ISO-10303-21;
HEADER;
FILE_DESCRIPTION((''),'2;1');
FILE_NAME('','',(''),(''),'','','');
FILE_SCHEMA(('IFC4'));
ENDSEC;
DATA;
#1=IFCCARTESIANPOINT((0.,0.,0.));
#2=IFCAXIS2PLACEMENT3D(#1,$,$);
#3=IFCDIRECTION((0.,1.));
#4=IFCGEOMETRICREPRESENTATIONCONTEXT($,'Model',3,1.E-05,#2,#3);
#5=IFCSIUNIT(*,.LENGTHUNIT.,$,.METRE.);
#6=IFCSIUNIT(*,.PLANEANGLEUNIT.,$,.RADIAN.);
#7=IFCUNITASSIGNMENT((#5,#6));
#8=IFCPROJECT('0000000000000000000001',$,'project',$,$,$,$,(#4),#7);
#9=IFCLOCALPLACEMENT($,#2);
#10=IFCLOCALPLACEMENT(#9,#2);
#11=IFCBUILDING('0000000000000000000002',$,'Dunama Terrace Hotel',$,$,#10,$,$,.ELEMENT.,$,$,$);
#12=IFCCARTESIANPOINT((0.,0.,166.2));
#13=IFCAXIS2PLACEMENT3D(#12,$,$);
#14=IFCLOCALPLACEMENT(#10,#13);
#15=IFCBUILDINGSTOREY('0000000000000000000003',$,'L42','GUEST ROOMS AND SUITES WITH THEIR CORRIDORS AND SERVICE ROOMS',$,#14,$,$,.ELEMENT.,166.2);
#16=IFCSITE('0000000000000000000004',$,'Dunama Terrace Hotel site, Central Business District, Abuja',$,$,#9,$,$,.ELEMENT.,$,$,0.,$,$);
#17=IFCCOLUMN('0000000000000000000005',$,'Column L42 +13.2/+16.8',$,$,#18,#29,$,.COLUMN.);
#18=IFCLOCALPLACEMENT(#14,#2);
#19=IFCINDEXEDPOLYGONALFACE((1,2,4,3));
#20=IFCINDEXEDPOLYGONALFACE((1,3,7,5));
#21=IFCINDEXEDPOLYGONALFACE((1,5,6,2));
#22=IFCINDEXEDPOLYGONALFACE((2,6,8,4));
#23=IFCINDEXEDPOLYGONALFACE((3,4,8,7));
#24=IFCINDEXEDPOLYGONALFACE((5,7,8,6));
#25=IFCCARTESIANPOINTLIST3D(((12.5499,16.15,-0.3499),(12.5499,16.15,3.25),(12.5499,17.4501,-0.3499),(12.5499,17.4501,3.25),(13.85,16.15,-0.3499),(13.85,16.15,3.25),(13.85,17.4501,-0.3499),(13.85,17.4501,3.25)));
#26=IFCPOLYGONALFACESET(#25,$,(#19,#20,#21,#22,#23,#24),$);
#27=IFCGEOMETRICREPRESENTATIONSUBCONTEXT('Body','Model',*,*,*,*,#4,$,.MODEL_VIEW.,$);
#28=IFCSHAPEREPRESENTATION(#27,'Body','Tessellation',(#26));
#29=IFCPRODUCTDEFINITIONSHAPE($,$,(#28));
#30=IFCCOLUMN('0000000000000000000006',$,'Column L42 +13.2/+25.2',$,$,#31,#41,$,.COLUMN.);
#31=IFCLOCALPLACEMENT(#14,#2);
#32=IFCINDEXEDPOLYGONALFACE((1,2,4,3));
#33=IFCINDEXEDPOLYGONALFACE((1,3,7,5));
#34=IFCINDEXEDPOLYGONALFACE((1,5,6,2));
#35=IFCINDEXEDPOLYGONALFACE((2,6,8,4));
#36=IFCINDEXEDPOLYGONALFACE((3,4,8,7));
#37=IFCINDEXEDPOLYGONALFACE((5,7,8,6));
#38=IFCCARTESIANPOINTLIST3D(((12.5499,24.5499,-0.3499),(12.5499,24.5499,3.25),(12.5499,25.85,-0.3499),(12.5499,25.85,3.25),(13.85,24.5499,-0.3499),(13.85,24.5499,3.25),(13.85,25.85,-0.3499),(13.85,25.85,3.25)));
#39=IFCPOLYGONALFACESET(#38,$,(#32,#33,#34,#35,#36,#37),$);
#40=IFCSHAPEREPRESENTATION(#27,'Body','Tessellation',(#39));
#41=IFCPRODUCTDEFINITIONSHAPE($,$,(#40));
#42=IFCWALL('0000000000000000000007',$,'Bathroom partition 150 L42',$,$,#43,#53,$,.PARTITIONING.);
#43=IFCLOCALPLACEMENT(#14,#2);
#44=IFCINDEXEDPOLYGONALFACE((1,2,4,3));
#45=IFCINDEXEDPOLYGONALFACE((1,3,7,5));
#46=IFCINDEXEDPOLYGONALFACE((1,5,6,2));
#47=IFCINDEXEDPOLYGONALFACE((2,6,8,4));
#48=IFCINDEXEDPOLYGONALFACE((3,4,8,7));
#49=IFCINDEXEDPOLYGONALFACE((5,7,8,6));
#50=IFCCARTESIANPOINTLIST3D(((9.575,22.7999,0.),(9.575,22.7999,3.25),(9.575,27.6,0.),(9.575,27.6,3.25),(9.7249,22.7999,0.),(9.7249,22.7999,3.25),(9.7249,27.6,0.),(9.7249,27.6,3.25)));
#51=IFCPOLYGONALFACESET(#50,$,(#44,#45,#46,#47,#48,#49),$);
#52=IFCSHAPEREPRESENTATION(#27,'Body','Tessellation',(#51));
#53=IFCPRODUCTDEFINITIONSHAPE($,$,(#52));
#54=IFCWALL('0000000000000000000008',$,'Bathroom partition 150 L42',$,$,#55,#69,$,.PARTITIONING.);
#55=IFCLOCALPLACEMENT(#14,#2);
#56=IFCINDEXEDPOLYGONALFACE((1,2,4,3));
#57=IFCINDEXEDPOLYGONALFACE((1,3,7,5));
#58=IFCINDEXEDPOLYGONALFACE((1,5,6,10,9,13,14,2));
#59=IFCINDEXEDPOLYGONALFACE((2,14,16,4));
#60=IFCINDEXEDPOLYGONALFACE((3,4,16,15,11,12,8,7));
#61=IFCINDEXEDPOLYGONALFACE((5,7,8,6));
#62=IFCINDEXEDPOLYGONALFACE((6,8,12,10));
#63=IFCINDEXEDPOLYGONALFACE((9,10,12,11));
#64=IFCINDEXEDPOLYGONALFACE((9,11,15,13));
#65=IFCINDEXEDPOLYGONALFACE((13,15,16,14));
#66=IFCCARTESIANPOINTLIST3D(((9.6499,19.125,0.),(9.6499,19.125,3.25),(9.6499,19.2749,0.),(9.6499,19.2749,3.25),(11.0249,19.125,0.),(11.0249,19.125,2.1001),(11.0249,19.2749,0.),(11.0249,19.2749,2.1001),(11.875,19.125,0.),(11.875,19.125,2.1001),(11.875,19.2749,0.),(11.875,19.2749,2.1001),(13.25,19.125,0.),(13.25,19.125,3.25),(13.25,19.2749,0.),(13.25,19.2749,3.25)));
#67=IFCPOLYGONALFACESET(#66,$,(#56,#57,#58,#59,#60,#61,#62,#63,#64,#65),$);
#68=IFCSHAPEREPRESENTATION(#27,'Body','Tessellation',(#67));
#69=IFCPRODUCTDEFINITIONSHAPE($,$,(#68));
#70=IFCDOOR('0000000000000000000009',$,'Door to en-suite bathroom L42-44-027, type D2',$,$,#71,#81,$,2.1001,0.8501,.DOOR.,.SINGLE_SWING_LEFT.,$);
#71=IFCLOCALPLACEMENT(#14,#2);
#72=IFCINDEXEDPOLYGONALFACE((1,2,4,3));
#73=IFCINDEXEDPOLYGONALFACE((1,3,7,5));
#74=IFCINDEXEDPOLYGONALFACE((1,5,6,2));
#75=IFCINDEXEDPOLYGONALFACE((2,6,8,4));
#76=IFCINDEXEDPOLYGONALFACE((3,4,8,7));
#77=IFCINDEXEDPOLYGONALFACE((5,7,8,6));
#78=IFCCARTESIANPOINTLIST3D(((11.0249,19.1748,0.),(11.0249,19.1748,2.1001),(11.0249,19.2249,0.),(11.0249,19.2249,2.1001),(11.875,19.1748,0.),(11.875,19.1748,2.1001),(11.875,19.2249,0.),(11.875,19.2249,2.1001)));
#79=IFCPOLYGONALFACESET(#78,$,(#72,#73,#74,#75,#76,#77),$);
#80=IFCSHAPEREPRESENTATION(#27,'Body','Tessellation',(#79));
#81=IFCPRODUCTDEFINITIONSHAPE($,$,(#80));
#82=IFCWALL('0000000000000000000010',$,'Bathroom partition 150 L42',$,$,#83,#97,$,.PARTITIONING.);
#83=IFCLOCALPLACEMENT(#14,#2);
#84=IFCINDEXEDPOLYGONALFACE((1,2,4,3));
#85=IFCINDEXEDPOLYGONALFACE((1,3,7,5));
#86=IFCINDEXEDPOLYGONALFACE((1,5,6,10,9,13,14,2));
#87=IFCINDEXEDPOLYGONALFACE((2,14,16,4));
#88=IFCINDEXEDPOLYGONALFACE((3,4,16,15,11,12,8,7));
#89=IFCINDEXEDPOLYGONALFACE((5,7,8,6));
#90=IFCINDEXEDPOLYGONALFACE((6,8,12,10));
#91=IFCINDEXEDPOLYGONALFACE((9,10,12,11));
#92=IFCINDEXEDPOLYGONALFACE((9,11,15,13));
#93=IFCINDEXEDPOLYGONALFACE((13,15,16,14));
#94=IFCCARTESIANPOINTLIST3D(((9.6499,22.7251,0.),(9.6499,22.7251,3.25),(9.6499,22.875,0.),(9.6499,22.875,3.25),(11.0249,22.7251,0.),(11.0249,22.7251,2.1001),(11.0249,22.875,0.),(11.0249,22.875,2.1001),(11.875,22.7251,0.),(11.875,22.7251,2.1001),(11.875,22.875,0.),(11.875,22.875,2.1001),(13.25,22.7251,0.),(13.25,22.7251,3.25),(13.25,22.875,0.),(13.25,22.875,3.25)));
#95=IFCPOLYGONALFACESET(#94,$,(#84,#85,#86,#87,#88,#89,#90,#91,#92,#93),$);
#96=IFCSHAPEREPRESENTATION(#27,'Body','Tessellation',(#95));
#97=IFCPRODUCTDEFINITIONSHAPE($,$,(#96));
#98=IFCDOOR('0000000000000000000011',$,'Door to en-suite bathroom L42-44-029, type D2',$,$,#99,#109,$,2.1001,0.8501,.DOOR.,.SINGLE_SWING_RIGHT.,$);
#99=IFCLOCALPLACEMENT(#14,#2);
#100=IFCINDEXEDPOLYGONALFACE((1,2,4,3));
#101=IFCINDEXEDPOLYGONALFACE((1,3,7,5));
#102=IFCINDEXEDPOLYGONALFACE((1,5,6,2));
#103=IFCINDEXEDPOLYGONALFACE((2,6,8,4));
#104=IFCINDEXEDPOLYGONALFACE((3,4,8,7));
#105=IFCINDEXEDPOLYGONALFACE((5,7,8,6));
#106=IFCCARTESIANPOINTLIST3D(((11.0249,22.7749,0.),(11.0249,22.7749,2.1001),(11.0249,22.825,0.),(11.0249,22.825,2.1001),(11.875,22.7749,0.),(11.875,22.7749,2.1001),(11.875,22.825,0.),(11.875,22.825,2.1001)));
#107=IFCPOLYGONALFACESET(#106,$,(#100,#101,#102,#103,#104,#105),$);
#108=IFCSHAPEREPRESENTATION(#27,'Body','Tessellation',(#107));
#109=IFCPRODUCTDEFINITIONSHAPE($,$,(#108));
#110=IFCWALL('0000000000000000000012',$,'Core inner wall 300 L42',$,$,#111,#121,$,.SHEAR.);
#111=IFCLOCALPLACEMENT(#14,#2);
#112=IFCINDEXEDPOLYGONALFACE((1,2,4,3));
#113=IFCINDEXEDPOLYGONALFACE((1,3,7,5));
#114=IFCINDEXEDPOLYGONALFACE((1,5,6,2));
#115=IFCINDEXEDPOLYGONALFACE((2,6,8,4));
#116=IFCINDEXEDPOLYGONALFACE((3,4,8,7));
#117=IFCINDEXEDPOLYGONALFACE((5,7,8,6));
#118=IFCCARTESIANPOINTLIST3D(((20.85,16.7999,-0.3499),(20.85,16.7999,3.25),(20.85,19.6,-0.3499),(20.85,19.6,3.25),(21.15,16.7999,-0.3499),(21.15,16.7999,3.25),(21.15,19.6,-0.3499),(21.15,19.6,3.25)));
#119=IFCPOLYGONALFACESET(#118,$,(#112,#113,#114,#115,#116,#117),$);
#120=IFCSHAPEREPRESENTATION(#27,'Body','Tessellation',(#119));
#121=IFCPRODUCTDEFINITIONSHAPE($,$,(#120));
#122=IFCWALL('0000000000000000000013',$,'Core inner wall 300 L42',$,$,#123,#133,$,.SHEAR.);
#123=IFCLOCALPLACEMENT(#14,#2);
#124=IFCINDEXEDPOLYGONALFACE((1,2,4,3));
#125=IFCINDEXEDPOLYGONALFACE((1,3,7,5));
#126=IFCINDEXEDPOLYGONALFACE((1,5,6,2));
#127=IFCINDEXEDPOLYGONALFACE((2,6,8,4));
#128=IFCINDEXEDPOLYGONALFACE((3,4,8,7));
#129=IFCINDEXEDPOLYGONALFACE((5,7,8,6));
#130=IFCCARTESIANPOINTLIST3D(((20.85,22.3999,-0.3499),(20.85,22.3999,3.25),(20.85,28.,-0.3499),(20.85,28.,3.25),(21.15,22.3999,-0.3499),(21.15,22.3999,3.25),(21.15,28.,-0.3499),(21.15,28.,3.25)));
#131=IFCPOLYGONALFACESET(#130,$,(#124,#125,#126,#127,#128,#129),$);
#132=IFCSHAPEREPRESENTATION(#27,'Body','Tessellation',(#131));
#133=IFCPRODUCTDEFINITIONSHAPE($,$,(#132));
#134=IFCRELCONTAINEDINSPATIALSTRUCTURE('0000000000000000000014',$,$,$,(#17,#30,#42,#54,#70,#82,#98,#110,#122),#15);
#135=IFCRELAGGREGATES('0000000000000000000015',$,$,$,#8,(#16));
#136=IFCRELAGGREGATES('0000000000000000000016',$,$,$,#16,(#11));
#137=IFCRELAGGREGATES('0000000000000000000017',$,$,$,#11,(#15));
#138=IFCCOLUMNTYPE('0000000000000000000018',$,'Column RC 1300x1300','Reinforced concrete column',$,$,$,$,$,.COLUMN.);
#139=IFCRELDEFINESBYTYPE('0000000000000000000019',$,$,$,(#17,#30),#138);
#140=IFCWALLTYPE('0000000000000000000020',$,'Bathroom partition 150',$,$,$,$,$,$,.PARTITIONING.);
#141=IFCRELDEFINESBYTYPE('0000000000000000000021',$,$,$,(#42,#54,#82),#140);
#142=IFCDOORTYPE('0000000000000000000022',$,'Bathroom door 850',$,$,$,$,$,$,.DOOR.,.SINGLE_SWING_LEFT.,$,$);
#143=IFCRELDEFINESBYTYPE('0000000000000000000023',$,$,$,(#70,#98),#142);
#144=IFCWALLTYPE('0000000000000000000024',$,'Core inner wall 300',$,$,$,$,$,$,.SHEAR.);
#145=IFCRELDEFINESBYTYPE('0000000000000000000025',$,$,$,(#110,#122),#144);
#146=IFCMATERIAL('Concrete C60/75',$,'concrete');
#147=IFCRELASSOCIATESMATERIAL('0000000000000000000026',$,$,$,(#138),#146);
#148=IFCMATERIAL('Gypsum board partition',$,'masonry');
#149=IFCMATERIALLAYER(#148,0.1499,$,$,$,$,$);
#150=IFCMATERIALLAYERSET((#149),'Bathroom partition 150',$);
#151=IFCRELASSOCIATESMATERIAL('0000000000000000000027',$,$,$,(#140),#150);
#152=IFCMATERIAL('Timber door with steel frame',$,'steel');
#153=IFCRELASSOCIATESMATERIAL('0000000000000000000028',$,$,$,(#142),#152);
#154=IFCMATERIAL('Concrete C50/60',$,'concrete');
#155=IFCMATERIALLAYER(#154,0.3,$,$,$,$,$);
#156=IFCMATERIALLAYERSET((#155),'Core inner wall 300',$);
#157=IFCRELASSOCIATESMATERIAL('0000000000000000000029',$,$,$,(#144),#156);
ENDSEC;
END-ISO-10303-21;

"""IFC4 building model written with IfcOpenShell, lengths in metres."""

from ifc_helpers import new_model, si_unit, direction, frame, frame_2d, origin, origin_2d, place, context, subcontext, project, spatial, rectangle, extrude, material, layer, layer_set, material_profile, profile_set, type_object, element, fill, save


model = new_model("IFC4")

# Units and contexts
model_context = context("Model", 3, precision=1e-05, world=origin(), true_north=direction((0.0, 1.0)))
body_context = subcontext(model_context, "Body", "Model", "MODEL_VIEW")
ifc_project = project(units=[si_unit("LENGTHUNIT", "METRE"), si_unit("PLANEANGLEUNIT", "RADIAN")], contexts=[model_context])

# Site, building, storey
site_placement = place(None, origin())
site = spatial("IfcSite", under=ifc_project, at=site_placement, Name="Dunama Terrace Hotel site, Central Business District, Abuja", CompositionType="ELEMENT", RefElevation=0.0)
building_placement = place(site_placement, origin())
building = spatial("IfcBuilding", under=site, at=building_placement, Name="Dunama Terrace Hotel", CompositionType="ELEMENT")
storey_placement = place(building_placement, frame((0.0, 0.0, 166.2)))
storey = spatial("IfcBuildingStorey", under=building, at=storey_placement, Name="L42", Description="GUEST ROOMS AND SUITES WITH THEIR CORRIDORS AND SERVICE ROOMS", CompositionType="ELEMENT", Elevation=166.2)

# Columns
ifc_material_1 = material(Name="Concrete C60/75", Category="concrete")
ifc_material_profile = material_profile(ifc_material_1, rectangle(XDim=1.3, YDim=1.3, at=origin_2d()), Name="RC 1300x1300")
ifc_profile_set = profile_set([ifc_material_profile], Name="Concrete C60/75")
column_type = type_object("IfcColumnType", Name="Column RC 1300x1300", Description="Reinforced concrete column", PredefinedType="COLUMN", material=ifc_profile_set)
for number, where, z_axis, x_axis, name in (
    (1, (13.2, 16.8, -0.3499), (0.0, 0.0, 1.0), (1.0, 0.0, 0.0), "Column L42 +13.2/+16.8"),
    (2, (13.2, 25.2, -0.3499), (0.0, 0.0, 1.0), (1.0, 0.0, 0.0), "Column L42 +13.2/+25.2"),
):
    element("IfcColumn", number, at=place(storey_placement, frame(where, z_axis=z_axis, x_axis=x_axis)), inside=storey, type_object=column_type, Name=name, PredefinedType="COLUMN", context=body_context, shape_type="SweptSolid", body=[
        extrude(rectangle(XDim=1.3, YDim=1.3, at=origin_2d()), origin(), (0.0, 0.0, 1.0), 3.5999),
    ])

# Wall
ifc_material_2 = material(Name="Gypsum board partition", Category="masonry")
ifc_layer_1 = layer(ifc_material_2, 0.1499)
ifc_layer_set_1 = layer_set([ifc_layer_1], Name="Bathroom partition 150")
wall_type_1 = type_object("IfcWallType", Name="Bathroom partition 150", PredefinedType="PARTITIONING", material=ifc_layer_set_1)
wall_1_placement = place(storey_placement, frame((9.6499, 22.8, 0.0), z_axis=(0.0, 0.0, 1.0), x_axis=(0.0, 1.0, 0.0)))
element("IfcWall", 3, at=wall_1_placement, inside=storey, type_object=wall_type_1, Name="Bathroom partition 150 L42", PredefinedType="PARTITIONING", context=body_context, shape_type="SweptSolid", body=[
    extrude(rectangle(XDim=4.8, YDim=0.1499, at=frame_2d((2.3999, 0.0))), origin(), (0.0, 0.0, 1.0), 3.25),
])

# Walls, openings, doors
wall_2_placement = place(storey_placement, frame((9.6499, 19.2, 0.0), z_axis=(0.0, 0.0, 1.0), x_axis=(1.0, 0.0, 0.0)))
wall_2 = element("IfcWall", 4, at=wall_2_placement, inside=storey, type_object=wall_type_1, Name="Bathroom partition 150 L42", PredefinedType="PARTITIONING", context=body_context, shape_type="SweptSolid", body=[
    extrude(rectangle(XDim=3.6001, YDim=0.1499, at=frame_2d((1.8, 0.0))), origin(), (0.0, 0.0, 1.0), 3.25),
])
opening_1_placement = place(wall_2_placement, frame((1.375, 0.0, 0.0)))
opening_1 = element("IfcOpeningElement", 5, at=opening_1_placement, cuts=wall_2, PredefinedType="OPENING", context=body_context, shape_type="SweptSolid", body=[
    extrude(rectangle(XDim=0.8501, YDim=2.1001, at=frame_2d((0.425, 1.05))), frame((0.0, 0.085, 0.0), z_axis=(0.0, -1.0, 0.0), x_axis=(1.0, 0.0, 0.0)), (0.0, 0.0, 1.0), 0.1699),
])
ifc_material_3 = material(Name="Timber door with steel frame", Category="steel")
door_type_1 = type_object("IfcDoorType", Name="Bathroom door 850", OperationType="SINGLE_SWING_LEFT", PredefinedType="DOOR", material=ifc_material_3)
door_1_placement = place(opening_1_placement, frame((0.8501, 0.0, 0.0), z_axis=(0.0, 0.0, 1.0), x_axis=(-1.0, 0.0, 0.0)))
door_1 = element("IfcDoor", 6, at=door_1_placement, inside=storey, type_object=door_type_1, Name="Door to en-suite bathroom L42-44-027, type D2", OperationType="SINGLE_SWING_LEFT", OverallHeight=2.1001, OverallWidth=0.8501, PredefinedType="DOOR", context=body_context, shape_type="SweptSolid", body=[
    extrude(rectangle(XDim=0.8501, YDim=2.1001, at=frame_2d((0.425, 1.05))), frame((0.0, 0.0251, 0.0), z_axis=(0.0, -1.0, 0.0), x_axis=(1.0, 0.0, 0.0)), (0.0, 0.0, 1.0), 0.05),
])
fill(opening_1, door_1)
wall_3_placement = place(storey_placement, frame((9.6499, 22.8, 0.0), z_axis=(0.0, 0.0, 1.0), x_axis=(1.0, 0.0, 0.0)))
wall_3 = element("IfcWall", 7, at=wall_3_placement, inside=storey, type_object=wall_type_1, Name="Bathroom partition 150 L42", PredefinedType="PARTITIONING", context=body_context, shape_type="SweptSolid", body=[
    extrude(rectangle(XDim=3.6001, YDim=0.1499, at=frame_2d((1.8, 0.0))), origin(), (0.0, 0.0, 1.0), 3.25),
])
opening_2_placement = place(wall_3_placement, frame((1.375, 0.0, 0.0)))
opening_2 = element("IfcOpeningElement", 8, at=opening_2_placement, cuts=wall_3, PredefinedType="OPENING", context=body_context, shape_type="SweptSolid", body=[
    extrude(rectangle(XDim=0.8501, YDim=2.1001, at=frame_2d((0.425, 1.05))), frame((0.0, 0.085, 0.0), z_axis=(0.0, -1.0, 0.0), x_axis=(1.0, 0.0, 0.0)), (0.0, 0.0, 1.0), 0.1699),
])
door_2_placement = place(opening_2_placement, origin())
door_2 = element("IfcDoor", 9, at=door_2_placement, inside=storey, type_object=door_type_1, Name="Door to en-suite bathroom L42-44-029, type D2", OperationType="SINGLE_SWING_RIGHT", OverallHeight=2.1001, OverallWidth=0.8501, PredefinedType="DOOR", context=body_context, shape_type="SweptSolid", body=[
    extrude(rectangle(XDim=0.8501, YDim=2.1001, at=frame_2d((0.425, 1.05))), frame((0.0, 0.0249, 0.0), z_axis=(0.0, -1.0, 0.0), x_axis=(1.0, 0.0, 0.0)), (0.0, 0.0, 1.0), 0.05),
])
fill(opening_2, door_2)

# Walls
ifc_material_4 = material(Name="Concrete C50/60", Category="concrete")
ifc_layer_2 = layer(ifc_material_4, 0.3)
ifc_layer_set_2 = layer_set([ifc_layer_2], Name="Core inner wall 300")
wall_type_2 = type_object("IfcWallType", Name="Core inner wall 300", PredefinedType="SHEAR", material=ifc_layer_set_2)
wall_4_placement = place(storey_placement, frame((21.0, 16.8, -0.3499), z_axis=(0.0, 0.0, 1.0), x_axis=(0.0, 1.0, 0.0)))
element("IfcWall", 10, at=wall_4_placement, inside=storey, type_object=wall_type_2, Name="Core inner wall 300 L42", PredefinedType="SHEAR", context=body_context, shape_type="SweptSolid", body=[
    extrude(rectangle(XDim=2.8, YDim=0.3, at=frame_2d((1.3999, 0.0))), origin(), (0.0, 0.0, 1.0), 3.5999),
])
wall_5_placement = place(storey_placement, frame((21.0, 22.3999, -0.3499), z_axis=(0.0, 0.0, 1.0), x_axis=(0.0, 1.0, 0.0)))
element("IfcWall", 11, at=wall_5_placement, inside=storey, type_object=wall_type_2, Name="Core inner wall 300 L42", PredefinedType="SHEAR", context=body_context, shape_type="SweptSolid", body=[
    extrude(rectangle(XDim=5.6001, YDim=0.3, at=frame_2d((2.8, 0.0))), origin(), (0.0, 0.0, 1.0), 3.5999),
])

save(model, "model.ifc")
